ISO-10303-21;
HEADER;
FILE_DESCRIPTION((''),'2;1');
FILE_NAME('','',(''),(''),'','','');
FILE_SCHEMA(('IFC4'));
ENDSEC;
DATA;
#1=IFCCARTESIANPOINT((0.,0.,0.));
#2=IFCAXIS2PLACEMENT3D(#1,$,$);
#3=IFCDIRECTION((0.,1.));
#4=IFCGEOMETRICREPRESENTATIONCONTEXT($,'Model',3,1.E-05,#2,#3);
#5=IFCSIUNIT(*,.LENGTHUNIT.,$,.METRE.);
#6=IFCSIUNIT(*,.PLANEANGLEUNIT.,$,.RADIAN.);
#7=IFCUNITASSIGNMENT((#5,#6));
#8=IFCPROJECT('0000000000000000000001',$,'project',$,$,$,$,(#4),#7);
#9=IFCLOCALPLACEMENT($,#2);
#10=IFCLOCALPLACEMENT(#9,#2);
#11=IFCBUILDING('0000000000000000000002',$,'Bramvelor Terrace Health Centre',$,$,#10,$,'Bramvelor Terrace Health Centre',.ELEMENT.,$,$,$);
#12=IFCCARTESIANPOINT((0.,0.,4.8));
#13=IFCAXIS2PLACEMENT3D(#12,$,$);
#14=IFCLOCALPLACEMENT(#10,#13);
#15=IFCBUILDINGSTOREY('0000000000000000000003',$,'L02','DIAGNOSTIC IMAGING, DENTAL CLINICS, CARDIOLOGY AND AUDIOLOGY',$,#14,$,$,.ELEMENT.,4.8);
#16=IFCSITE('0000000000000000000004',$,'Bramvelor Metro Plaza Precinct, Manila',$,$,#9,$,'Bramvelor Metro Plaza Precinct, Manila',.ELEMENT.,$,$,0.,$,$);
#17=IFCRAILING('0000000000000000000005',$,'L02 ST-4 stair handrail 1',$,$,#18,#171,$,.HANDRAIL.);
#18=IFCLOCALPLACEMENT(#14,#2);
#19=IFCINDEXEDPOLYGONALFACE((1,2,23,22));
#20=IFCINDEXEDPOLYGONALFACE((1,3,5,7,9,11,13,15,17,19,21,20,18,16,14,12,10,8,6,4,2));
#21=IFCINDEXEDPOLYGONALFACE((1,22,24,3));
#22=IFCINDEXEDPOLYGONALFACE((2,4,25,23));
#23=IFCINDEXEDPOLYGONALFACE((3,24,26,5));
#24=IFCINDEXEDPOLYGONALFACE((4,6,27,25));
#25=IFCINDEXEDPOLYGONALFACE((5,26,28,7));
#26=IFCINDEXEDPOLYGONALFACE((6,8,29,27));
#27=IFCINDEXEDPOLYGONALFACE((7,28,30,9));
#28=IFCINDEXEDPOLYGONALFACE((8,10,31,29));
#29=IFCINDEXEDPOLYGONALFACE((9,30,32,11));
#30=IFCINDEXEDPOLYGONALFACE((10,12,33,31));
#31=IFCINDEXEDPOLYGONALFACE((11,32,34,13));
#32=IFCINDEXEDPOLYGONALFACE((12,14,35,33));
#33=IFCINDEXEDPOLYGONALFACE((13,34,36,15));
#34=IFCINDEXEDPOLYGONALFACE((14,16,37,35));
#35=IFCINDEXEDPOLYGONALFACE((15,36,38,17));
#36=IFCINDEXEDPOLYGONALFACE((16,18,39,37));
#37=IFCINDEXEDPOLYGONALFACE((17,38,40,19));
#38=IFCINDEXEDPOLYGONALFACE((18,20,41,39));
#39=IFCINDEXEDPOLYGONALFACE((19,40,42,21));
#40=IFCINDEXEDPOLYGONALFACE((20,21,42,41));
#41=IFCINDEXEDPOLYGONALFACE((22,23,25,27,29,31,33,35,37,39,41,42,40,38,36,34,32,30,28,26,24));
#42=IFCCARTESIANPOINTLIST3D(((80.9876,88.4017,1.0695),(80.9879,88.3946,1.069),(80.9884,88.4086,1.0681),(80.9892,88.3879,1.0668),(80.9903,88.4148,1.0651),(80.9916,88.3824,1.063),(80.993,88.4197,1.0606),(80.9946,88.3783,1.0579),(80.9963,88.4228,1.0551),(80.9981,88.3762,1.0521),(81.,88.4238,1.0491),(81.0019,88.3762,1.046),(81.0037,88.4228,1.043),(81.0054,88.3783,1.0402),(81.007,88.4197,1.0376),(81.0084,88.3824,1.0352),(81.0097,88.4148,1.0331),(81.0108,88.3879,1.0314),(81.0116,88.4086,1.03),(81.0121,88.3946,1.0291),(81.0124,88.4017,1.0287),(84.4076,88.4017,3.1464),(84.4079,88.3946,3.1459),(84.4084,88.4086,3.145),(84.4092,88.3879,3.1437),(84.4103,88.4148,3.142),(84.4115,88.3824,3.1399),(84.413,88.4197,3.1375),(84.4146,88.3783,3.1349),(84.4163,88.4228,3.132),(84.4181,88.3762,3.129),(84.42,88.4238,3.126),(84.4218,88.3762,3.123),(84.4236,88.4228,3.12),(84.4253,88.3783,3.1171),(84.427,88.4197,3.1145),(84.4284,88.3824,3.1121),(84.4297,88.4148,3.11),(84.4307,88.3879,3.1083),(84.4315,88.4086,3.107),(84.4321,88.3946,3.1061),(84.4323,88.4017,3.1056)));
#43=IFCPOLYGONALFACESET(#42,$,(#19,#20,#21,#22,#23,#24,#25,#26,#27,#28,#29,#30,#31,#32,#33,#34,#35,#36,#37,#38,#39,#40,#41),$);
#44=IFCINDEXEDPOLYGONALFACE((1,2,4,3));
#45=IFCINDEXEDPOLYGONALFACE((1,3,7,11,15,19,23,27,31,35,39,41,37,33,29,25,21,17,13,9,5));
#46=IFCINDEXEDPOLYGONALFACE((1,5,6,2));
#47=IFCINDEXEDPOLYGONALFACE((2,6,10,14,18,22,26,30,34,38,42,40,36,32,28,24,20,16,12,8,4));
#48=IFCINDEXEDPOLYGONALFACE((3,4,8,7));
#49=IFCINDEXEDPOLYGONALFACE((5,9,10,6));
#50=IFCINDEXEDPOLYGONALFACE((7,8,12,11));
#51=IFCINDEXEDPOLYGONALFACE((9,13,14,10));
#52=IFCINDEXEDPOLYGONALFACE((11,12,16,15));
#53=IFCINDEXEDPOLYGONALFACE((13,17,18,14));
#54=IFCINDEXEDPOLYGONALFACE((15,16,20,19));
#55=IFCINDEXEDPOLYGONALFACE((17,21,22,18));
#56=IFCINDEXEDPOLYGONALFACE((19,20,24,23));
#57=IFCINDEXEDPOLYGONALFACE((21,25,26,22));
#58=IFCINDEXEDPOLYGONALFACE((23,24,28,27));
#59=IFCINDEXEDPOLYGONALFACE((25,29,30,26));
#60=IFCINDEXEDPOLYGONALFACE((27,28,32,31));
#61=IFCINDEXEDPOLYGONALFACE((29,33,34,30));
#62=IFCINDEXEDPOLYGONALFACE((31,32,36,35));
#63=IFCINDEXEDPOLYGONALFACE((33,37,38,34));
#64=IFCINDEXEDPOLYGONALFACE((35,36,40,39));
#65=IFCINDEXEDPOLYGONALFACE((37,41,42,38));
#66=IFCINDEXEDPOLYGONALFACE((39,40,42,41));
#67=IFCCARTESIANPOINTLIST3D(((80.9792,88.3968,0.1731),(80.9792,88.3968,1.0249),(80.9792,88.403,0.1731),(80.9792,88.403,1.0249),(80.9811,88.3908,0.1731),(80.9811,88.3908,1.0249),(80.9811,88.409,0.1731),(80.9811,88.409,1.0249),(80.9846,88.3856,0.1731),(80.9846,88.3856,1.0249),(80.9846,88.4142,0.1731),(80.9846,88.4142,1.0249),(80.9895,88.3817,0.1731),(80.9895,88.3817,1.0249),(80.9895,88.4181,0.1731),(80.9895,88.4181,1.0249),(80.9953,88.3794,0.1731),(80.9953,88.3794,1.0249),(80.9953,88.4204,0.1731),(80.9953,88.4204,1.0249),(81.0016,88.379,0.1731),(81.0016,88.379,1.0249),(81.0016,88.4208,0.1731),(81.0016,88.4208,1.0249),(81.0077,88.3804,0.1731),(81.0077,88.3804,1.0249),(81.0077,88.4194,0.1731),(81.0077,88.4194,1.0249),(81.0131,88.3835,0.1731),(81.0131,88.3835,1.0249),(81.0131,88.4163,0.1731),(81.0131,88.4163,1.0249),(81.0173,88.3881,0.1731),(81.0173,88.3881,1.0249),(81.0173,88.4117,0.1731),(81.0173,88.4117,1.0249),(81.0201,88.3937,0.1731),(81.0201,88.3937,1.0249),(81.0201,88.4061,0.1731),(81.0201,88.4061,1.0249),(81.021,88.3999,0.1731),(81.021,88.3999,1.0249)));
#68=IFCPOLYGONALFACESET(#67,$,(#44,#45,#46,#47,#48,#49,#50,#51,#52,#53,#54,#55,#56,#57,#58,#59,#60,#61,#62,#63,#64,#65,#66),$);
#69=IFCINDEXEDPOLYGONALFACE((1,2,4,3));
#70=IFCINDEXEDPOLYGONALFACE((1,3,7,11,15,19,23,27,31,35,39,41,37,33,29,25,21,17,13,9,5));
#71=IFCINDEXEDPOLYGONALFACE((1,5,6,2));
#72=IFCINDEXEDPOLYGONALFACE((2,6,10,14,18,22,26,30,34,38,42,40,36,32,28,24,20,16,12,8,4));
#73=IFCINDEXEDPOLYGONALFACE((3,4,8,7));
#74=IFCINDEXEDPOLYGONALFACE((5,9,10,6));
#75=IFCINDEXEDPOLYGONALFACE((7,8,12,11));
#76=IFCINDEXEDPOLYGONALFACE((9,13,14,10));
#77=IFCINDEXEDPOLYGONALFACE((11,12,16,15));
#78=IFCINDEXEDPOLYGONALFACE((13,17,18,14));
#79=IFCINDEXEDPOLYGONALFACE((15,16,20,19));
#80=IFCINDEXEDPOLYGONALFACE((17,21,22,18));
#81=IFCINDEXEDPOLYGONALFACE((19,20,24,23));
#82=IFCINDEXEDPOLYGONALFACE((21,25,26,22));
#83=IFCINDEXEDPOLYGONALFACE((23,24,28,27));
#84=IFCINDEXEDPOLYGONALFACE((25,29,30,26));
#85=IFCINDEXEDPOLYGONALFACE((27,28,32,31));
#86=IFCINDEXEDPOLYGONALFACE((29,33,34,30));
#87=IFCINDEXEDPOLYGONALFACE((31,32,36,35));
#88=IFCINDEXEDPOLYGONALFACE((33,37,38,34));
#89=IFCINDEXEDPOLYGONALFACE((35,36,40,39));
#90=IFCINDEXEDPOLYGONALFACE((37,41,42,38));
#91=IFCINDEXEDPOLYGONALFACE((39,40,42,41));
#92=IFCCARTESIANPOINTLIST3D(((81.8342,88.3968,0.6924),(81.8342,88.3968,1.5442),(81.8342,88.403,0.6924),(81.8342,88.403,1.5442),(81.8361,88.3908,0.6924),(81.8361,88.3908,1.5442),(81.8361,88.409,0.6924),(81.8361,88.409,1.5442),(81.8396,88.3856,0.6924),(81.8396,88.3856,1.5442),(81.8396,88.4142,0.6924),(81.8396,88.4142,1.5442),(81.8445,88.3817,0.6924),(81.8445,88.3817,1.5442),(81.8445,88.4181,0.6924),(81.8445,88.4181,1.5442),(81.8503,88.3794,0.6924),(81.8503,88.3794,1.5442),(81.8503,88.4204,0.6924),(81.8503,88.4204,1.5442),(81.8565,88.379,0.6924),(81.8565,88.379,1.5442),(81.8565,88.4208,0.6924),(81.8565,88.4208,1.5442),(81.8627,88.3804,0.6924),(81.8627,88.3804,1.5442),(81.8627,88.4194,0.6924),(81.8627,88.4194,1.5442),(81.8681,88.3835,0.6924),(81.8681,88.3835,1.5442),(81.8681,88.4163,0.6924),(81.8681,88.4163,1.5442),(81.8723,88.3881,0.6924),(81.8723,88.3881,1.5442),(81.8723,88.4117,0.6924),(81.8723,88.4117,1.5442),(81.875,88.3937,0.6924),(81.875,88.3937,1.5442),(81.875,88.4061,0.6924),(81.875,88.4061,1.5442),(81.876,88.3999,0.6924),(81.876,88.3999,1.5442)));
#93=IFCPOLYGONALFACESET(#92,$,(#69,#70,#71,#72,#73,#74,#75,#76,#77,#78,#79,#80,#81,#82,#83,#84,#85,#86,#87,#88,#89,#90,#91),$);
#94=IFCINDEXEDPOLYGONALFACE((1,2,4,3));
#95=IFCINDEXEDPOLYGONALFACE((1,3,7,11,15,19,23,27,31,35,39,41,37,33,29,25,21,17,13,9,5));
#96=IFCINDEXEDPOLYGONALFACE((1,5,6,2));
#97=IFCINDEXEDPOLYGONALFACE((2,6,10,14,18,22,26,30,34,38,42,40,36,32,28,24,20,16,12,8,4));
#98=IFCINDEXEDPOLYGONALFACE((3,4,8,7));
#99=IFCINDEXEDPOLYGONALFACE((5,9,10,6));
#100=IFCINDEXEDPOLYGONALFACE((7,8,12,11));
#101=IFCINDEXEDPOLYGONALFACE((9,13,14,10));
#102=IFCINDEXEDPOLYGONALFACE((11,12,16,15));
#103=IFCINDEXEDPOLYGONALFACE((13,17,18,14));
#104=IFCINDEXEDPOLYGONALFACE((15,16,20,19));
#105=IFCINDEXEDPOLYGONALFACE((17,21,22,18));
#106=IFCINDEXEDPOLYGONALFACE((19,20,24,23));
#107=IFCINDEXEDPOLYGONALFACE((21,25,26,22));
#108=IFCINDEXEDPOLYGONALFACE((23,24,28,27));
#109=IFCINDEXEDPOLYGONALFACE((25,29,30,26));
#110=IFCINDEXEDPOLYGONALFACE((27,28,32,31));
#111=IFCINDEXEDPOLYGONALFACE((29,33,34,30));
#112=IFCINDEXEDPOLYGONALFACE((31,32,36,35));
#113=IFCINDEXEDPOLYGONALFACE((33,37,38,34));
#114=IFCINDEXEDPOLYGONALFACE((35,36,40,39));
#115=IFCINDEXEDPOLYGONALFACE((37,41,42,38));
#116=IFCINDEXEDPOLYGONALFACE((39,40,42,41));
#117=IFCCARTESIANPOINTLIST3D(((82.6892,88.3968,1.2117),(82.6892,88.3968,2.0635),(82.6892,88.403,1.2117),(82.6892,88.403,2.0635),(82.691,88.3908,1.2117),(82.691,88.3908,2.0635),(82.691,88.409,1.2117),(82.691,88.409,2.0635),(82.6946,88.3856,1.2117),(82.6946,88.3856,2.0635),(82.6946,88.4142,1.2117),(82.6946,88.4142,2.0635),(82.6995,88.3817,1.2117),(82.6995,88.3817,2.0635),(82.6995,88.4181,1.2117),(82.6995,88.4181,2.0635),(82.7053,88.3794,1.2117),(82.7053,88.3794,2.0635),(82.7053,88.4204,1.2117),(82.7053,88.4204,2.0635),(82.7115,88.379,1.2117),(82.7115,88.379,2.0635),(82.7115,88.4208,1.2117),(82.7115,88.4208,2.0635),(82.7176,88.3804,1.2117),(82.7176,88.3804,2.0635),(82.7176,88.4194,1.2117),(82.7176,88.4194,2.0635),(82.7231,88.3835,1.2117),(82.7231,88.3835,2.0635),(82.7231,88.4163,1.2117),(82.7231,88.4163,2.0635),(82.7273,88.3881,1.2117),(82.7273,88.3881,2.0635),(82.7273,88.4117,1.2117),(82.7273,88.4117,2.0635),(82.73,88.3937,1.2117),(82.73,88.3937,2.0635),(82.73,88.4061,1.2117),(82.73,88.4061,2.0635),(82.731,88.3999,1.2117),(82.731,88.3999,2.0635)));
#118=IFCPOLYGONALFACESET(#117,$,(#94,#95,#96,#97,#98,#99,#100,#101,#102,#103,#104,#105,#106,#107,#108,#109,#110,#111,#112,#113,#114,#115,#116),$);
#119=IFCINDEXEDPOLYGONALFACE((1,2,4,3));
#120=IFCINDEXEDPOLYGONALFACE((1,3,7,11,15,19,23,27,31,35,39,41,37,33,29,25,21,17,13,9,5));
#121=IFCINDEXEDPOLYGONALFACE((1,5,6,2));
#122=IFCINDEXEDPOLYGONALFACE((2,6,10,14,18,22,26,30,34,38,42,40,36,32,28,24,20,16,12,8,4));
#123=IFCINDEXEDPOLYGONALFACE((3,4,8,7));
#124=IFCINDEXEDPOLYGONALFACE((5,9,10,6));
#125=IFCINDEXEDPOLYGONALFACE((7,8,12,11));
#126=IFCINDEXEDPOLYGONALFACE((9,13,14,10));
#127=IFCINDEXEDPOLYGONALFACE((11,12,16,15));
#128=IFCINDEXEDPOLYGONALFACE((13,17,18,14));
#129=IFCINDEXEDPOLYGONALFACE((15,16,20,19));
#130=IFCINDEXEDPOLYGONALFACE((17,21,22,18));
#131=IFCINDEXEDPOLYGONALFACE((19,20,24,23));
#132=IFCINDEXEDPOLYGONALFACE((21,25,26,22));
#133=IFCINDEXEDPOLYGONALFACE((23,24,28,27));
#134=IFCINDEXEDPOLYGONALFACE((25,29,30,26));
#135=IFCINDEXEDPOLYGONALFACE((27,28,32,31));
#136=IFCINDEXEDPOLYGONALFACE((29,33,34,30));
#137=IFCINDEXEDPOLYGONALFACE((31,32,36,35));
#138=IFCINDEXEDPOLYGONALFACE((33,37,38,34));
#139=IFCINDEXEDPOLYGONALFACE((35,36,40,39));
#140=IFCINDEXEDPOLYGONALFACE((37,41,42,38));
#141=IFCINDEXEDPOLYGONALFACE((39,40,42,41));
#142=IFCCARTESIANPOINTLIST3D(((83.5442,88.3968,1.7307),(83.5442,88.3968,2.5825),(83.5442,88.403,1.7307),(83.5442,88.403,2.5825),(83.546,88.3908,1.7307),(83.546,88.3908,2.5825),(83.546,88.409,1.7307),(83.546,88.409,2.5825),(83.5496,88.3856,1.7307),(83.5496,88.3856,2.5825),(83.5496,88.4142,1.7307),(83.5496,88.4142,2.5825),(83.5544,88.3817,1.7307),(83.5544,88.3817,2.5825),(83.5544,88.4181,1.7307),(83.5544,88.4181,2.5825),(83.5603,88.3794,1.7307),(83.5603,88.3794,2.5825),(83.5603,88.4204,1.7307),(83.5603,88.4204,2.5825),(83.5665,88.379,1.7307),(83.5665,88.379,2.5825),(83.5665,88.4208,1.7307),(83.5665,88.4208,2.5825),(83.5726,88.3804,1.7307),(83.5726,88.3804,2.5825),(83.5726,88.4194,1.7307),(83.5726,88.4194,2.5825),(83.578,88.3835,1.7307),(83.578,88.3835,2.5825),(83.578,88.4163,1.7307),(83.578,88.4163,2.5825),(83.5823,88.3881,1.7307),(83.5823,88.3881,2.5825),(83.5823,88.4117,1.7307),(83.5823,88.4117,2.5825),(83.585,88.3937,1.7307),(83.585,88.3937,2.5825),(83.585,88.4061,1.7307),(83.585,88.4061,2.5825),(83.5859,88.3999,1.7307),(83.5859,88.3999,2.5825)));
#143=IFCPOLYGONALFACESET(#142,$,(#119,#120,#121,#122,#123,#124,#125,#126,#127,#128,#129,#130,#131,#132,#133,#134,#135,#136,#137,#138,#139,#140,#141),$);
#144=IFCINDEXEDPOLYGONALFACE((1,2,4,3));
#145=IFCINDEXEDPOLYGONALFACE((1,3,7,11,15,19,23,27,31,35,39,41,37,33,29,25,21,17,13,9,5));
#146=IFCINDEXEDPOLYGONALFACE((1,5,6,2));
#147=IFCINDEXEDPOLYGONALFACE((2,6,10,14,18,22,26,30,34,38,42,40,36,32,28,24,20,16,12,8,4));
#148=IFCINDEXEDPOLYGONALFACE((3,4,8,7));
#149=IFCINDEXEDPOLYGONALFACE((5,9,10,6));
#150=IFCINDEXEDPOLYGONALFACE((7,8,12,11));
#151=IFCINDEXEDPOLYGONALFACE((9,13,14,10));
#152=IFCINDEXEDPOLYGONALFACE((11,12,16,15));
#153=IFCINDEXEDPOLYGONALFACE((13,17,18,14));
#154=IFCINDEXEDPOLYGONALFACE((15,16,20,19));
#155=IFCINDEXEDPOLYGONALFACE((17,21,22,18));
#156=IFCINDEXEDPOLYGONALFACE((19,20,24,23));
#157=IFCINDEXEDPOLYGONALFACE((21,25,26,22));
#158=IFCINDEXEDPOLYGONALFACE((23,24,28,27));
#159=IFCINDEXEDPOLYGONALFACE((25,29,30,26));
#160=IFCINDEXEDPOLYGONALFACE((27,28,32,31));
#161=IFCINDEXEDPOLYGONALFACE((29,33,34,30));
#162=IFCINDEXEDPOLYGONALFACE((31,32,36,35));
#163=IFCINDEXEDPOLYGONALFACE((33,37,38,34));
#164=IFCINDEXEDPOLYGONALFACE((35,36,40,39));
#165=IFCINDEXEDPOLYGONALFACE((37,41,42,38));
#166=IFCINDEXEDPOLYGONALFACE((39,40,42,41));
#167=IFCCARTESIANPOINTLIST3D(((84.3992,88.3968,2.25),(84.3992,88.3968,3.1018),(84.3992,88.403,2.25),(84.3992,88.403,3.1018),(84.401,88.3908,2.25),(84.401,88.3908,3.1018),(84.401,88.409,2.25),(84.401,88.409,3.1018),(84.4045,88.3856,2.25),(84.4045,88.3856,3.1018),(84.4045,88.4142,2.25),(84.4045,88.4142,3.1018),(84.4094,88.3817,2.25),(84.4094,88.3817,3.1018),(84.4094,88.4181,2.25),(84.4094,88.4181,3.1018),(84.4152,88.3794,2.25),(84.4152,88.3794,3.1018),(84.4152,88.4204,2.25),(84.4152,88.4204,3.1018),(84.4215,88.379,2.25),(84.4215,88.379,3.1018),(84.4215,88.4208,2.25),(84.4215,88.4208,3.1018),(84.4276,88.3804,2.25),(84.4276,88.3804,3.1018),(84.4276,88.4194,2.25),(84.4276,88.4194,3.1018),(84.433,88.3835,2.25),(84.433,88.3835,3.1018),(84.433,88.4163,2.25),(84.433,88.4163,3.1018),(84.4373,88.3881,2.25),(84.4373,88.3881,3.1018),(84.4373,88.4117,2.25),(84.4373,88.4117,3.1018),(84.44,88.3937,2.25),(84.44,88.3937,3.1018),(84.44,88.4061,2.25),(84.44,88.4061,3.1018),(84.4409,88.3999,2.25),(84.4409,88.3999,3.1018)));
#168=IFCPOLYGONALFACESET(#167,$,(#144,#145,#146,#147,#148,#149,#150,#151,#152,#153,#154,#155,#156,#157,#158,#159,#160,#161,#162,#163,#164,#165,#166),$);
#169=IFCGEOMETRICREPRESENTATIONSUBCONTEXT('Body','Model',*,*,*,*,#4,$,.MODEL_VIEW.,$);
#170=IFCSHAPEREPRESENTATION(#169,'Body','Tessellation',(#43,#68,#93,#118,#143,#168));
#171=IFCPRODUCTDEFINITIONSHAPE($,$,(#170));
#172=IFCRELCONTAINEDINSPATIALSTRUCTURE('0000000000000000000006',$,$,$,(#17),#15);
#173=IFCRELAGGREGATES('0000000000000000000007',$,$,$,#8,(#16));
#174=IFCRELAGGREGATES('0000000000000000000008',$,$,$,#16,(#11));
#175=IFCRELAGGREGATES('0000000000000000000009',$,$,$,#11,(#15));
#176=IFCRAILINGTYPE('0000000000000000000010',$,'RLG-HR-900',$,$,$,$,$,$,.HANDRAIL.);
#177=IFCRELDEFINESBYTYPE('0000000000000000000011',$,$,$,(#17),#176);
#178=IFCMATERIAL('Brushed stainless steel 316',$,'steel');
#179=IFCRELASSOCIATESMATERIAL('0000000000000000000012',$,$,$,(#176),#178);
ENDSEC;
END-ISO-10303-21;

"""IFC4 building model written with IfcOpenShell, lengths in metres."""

from ifc_helpers import new_model, si_unit, direction, frame, origin, origin_2d, place, context, subcontext, project, spatial, circle, extrude, material, type_object, element, save


model = new_model("IFC4")

# Units and contexts
model_context = context("Model", 3, precision=1e-05, world=origin(), true_north=direction((0.0, 1.0)))
body_context = subcontext(model_context, "Body", "Model", "MODEL_VIEW")
ifc_project = project(units=[si_unit("LENGTHUNIT", "METRE"), si_unit("PLANEANGLEUNIT", "RADIAN")], contexts=[model_context])

# Site, building, storey
site_placement = place(None, origin())
site = spatial("IfcSite", under=ifc_project, at=site_placement, Name="Bramvelor Metro Plaza Precinct, Manila", LongName="Bramvelor Metro Plaza Precinct, Manila", CompositionType="ELEMENT", RefElevation=0.0)
building_placement = place(site_placement, origin())
building = spatial("IfcBuilding", under=site, at=building_placement, Name="Bramvelor Terrace Health Centre", LongName="Bramvelor Terrace Health Centre", CompositionType="ELEMENT")
storey_placement = place(building_placement, frame((0.0, 0.0, 4.8)))
storey = spatial("IfcBuildingStorey", under=building, at=storey_placement, Name="L02", Description="DIAGNOSTIC IMAGING, DENTAL CLINICS, CARDIOLOGY AND AUDIOLOGY", CompositionType="ELEMENT", Elevation=4.8)

# Railing
ifc_material_1 = material(Name="Brushed stainless steel 316", Category="steel")
railing_type_1 = type_object("IfcRailingType", Name="RLG-HR-900", PredefinedType="HANDRAIL", material=ifc_material_1)
railing_1_placement = place(storey_placement, frame((81.0, 88.3999, 0.1731)))
element("IfcRailing", 1, at=railing_1_placement, inside=storey, type_object=railing_type_1, Name="L02 ST-4 stair handrail 1", PredefinedType="HANDRAIL", context=body_context, shape_type="SweptSolid", body=[
    extrude(circle(Radius=0.0239, at=origin_2d()), frame((0.0, 0.0, 0.876), z_axis=(0.85473, 0.0, 0.519074), x_axis=(0.0, 1.0, 0.0)), (0.0, 0.0, 1.0), 4.0012),
    extrude(circle(Radius=0.021, at=origin_2d()), origin(), (0.0, 0.0, 1.0), 0.8518),
    extrude(circle(Radius=0.021, at=origin_2d()), frame((0.855, 0.0, 0.5193)), (0.0, 0.0, 1.0), 0.8518),
    extrude(circle(Radius=0.021, at=origin_2d()), frame((1.71, 0.0, 1.0386)), (0.0, 0.0, 1.0), 0.8518),
    extrude(circle(Radius=0.021, at=origin_2d()), frame((2.5649, 0.0, 1.5576)), (0.0, 0.0, 1.0), 0.8518),
    extrude(circle(Radius=0.021, at=origin_2d()), frame((3.4199, 0.0, 2.0769)), (0.0, 0.0, 1.0), 0.8518),
])

save(model, "model.ifc")
